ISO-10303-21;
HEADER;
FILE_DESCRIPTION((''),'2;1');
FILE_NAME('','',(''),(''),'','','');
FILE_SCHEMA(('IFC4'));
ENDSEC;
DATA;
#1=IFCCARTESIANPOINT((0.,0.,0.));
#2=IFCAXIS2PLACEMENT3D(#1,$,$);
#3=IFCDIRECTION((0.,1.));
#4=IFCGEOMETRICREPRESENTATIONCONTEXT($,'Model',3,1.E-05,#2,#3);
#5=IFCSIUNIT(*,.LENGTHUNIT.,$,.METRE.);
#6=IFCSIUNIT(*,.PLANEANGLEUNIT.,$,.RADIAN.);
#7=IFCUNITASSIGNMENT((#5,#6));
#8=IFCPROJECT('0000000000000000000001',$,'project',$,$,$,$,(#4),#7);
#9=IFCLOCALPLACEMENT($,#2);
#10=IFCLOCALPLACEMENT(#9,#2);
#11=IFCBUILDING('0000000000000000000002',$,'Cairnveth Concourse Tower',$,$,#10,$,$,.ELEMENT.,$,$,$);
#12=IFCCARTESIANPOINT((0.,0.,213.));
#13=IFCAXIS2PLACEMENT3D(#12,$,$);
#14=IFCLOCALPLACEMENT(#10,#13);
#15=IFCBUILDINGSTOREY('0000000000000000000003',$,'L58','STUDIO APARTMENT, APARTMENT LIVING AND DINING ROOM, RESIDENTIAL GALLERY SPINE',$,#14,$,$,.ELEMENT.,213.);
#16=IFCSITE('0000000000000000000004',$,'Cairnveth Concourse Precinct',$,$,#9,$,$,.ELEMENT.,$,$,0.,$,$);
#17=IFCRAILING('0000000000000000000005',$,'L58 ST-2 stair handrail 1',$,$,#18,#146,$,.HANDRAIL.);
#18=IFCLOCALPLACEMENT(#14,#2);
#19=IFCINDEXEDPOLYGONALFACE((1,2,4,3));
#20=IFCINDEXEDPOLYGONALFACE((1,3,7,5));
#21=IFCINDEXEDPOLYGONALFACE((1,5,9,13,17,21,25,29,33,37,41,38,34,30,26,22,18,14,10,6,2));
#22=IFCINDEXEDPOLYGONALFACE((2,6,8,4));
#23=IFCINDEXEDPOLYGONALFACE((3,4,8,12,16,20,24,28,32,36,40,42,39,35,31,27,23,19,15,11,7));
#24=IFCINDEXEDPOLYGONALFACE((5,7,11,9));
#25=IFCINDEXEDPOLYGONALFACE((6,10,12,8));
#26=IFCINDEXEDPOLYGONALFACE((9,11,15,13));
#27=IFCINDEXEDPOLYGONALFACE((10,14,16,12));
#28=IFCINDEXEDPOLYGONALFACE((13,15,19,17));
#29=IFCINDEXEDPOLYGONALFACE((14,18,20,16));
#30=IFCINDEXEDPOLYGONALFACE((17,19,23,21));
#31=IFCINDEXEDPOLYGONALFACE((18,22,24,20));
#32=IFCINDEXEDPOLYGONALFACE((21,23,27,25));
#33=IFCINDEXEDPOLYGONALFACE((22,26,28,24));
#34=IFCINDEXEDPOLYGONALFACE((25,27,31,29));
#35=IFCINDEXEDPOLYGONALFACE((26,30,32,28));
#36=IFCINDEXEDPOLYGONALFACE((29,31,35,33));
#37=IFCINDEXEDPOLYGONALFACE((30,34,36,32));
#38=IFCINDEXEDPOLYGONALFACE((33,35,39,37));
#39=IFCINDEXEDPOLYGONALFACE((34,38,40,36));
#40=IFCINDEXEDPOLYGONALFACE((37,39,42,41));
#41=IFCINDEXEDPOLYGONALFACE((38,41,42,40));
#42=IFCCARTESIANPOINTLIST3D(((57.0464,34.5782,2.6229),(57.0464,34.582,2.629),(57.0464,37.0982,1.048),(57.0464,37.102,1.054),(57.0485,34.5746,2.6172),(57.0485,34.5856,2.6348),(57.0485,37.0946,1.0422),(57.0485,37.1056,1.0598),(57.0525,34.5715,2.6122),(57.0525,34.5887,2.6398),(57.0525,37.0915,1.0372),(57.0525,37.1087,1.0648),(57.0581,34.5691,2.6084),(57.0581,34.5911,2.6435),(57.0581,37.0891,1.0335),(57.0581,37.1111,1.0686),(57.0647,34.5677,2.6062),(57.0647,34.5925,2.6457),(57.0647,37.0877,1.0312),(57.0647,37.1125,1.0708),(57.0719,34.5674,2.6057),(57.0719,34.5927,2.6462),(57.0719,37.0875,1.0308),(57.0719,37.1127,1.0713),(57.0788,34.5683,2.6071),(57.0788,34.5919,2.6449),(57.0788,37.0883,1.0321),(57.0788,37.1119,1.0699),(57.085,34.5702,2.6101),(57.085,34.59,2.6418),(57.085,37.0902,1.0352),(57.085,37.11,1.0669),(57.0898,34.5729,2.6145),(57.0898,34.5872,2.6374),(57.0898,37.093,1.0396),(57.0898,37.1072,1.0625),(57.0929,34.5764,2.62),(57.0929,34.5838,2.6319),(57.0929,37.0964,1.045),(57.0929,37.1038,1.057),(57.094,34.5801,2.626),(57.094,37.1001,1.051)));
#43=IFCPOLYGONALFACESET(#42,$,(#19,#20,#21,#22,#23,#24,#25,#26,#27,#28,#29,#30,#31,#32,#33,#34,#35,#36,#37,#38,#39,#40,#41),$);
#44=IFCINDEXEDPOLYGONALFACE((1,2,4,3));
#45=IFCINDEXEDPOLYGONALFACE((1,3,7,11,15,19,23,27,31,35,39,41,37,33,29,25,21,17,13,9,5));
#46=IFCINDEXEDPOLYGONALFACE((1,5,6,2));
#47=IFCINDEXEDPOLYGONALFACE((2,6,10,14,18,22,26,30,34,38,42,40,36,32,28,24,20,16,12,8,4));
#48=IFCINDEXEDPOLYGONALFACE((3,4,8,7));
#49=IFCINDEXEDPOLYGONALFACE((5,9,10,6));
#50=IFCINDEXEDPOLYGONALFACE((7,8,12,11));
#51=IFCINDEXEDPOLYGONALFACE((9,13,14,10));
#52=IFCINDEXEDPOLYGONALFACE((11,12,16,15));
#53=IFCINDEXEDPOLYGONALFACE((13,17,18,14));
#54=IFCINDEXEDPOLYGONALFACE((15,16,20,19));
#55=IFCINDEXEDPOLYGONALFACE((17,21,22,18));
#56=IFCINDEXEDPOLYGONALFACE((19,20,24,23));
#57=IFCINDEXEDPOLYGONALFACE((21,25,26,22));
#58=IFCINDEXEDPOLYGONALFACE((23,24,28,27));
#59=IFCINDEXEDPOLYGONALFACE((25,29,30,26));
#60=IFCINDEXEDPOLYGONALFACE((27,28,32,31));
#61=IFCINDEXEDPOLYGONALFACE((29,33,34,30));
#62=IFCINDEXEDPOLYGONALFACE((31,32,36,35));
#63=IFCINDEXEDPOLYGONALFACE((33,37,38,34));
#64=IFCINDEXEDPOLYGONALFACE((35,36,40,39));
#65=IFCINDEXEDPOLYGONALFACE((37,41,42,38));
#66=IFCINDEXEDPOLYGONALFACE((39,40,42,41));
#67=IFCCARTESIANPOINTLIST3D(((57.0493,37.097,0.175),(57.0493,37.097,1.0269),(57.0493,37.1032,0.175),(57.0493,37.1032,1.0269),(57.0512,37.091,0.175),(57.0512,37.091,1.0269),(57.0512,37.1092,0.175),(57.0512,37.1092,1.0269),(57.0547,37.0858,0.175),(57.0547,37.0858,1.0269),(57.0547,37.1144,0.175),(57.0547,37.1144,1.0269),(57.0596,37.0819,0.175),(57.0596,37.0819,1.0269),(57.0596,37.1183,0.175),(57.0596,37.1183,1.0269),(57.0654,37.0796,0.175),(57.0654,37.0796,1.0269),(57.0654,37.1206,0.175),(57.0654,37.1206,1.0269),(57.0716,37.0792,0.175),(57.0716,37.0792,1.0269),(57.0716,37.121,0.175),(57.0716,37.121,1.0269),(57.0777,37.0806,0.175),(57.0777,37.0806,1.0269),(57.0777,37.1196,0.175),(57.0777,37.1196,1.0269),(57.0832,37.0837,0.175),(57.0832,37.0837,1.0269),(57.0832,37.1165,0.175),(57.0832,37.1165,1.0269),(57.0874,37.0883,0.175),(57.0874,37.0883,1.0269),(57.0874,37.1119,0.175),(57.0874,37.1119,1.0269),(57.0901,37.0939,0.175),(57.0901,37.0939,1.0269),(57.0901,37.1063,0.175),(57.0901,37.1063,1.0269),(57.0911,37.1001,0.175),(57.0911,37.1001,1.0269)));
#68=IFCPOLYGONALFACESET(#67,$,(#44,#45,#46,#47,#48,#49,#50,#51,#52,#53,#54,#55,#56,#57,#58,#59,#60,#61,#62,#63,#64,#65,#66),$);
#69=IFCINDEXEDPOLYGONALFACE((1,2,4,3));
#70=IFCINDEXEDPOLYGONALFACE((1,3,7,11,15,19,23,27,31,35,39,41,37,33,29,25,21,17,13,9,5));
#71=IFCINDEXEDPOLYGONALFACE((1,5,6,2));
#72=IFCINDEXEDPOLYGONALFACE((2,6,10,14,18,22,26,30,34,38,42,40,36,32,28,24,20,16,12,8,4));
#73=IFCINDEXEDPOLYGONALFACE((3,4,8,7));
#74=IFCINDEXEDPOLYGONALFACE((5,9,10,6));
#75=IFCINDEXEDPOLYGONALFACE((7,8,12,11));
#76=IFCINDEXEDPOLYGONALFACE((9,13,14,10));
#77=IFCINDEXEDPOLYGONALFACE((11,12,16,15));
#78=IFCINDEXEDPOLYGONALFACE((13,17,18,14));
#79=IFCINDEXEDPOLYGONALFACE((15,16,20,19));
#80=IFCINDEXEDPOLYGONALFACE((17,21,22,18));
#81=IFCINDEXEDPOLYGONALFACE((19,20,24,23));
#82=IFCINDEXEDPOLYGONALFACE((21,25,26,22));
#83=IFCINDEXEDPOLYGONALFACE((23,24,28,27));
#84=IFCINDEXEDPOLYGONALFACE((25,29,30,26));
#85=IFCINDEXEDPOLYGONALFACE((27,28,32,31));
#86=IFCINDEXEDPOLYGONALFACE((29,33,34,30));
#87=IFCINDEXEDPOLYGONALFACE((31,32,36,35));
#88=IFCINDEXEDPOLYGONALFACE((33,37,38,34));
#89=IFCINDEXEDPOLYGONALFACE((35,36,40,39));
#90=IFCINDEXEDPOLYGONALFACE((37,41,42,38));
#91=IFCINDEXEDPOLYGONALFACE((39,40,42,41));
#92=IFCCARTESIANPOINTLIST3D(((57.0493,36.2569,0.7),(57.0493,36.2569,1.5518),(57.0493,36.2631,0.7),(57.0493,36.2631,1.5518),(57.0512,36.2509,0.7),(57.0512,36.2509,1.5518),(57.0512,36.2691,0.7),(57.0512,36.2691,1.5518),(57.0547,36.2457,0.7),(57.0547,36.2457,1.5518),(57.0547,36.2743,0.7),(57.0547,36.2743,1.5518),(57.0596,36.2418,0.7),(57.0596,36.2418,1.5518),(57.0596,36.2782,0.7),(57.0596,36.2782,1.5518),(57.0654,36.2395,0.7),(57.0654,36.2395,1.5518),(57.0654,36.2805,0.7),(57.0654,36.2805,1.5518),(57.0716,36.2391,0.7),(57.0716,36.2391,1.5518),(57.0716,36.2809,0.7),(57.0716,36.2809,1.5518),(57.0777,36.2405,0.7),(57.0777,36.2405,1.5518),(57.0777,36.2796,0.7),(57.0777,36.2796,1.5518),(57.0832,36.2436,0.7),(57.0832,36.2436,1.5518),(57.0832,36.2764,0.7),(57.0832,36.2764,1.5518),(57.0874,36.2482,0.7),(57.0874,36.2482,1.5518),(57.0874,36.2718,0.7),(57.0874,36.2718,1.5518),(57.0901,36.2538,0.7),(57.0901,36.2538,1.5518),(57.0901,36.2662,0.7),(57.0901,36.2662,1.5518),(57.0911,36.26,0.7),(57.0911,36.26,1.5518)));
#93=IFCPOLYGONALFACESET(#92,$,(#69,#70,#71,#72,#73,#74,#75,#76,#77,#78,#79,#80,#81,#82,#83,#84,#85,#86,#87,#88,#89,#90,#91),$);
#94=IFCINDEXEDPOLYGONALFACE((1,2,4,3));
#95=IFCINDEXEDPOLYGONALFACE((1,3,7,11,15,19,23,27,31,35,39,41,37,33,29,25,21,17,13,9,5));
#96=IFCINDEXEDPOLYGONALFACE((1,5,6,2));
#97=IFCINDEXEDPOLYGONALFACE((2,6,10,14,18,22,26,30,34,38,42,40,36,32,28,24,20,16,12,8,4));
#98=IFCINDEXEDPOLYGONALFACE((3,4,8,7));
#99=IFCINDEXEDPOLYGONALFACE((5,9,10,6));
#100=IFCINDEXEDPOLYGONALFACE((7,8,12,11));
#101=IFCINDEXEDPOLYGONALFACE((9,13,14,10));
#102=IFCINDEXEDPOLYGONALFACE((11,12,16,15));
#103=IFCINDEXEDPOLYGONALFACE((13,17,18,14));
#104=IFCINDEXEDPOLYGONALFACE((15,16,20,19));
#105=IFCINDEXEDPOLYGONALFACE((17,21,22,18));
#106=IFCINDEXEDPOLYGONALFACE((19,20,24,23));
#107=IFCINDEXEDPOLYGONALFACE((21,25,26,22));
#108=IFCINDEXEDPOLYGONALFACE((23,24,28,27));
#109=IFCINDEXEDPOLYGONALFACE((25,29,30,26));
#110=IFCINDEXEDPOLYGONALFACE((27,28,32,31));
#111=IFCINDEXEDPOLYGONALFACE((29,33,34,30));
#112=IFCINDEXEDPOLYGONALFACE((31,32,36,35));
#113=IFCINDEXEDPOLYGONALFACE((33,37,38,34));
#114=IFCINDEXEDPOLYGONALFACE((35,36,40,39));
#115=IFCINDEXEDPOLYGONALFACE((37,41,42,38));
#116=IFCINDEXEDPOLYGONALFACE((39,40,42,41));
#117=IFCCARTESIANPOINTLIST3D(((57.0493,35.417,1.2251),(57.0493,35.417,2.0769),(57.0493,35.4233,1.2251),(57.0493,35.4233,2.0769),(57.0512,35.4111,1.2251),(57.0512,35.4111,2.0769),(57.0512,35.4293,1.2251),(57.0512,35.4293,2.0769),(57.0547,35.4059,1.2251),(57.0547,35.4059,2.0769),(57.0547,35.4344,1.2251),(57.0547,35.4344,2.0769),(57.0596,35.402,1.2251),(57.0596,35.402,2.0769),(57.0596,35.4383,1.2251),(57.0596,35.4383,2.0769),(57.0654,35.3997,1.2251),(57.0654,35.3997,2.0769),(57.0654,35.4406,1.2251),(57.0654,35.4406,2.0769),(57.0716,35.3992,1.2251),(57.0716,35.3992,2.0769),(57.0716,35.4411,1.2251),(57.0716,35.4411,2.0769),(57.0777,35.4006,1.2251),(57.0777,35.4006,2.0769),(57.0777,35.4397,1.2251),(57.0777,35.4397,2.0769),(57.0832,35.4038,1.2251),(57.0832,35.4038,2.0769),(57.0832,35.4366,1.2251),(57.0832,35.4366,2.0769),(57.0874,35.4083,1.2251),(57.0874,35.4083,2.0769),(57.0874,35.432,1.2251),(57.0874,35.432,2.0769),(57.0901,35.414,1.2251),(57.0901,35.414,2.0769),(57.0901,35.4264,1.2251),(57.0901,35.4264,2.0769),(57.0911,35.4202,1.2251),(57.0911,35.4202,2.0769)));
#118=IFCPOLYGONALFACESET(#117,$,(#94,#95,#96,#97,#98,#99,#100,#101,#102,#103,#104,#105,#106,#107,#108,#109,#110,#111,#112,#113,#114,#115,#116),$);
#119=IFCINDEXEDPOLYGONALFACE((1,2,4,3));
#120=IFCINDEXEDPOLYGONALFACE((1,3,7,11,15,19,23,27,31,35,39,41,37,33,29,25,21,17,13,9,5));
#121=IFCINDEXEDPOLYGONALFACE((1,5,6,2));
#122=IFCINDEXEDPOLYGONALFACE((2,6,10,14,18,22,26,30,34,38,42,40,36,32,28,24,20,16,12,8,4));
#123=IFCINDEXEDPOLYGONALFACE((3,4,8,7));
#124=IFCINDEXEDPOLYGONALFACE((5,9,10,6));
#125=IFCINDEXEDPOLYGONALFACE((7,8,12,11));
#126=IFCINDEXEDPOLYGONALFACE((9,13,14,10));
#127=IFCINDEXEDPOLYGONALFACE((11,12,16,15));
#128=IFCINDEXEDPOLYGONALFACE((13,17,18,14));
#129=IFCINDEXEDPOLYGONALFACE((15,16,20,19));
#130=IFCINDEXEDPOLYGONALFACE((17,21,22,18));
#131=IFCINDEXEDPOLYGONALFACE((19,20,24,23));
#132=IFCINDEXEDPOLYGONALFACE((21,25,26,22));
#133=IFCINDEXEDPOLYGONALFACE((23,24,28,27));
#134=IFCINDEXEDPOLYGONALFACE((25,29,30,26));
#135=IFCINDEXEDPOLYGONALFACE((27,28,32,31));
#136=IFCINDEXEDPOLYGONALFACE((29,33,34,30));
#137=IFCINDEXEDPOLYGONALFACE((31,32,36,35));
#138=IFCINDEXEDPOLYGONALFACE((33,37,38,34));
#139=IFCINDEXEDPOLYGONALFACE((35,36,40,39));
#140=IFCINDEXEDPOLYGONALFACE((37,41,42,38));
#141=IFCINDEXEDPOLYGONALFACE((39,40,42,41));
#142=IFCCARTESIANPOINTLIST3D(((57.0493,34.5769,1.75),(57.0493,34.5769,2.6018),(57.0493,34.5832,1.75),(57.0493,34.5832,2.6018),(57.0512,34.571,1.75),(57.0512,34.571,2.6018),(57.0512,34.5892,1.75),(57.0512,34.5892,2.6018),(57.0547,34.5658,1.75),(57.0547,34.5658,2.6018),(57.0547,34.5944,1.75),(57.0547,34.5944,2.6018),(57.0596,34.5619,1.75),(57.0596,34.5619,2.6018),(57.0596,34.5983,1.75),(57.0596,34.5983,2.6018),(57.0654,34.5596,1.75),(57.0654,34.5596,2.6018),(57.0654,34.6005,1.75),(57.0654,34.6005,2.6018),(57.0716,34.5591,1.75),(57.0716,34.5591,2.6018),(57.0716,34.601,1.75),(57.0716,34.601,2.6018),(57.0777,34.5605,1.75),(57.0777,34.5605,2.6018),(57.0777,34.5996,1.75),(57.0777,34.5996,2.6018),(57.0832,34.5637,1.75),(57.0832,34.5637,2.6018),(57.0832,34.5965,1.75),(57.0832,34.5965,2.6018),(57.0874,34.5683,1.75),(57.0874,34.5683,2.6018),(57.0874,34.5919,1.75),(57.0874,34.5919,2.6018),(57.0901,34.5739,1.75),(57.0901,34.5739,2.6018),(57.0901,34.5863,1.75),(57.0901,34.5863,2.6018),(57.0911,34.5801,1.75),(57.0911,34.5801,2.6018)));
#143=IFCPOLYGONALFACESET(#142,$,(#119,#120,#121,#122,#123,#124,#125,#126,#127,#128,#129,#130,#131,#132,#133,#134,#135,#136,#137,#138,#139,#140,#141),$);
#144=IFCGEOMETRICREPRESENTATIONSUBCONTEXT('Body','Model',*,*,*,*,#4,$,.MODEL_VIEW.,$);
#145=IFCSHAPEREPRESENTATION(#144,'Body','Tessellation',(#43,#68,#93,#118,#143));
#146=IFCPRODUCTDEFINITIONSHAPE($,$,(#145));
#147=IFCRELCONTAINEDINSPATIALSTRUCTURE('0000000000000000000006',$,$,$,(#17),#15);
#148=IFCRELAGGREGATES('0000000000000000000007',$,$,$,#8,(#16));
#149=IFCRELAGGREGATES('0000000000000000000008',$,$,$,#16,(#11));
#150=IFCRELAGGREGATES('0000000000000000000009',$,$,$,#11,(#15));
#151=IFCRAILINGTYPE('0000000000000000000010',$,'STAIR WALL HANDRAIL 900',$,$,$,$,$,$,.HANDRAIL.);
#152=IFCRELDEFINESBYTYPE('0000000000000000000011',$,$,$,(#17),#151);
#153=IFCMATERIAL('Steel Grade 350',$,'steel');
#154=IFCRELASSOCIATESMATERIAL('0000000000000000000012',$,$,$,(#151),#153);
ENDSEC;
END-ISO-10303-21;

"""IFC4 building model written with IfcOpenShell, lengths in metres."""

from ifc_helpers import new_model, si_unit, direction, frame, origin, origin_2d, place, context, subcontext, project, spatial, circle, extrude, material, type_object, element, save


model = new_model("IFC4")

# Units and contexts
model_context = context("Model", 3, precision=1e-05, world=origin(), true_north=direction((0.0, 1.0)))
body_context = subcontext(model_context, "Body", "Model", "MODEL_VIEW")
ifc_project = project(units=[si_unit("LENGTHUNIT", "METRE"), si_unit("PLANEANGLEUNIT", "RADIAN")], contexts=[model_context])

# Site, building, storey
site_placement = place(None, origin())
site = spatial("IfcSite", under=ifc_project, at=site_placement, Name="Cairnveth Concourse Precinct", CompositionType="ELEMENT", RefElevation=0.0)
building_placement = place(site_placement, origin())
building = spatial("IfcBuilding", under=site, at=building_placement, Name="Cairnveth Concourse Tower", CompositionType="ELEMENT")
storey_placement = place(building_placement, frame((0.0, 0.0, 213.0)))
storey = spatial("IfcBuildingStorey", under=building, at=storey_placement, Name="L58", Description="STUDIO APARTMENT, APARTMENT LIVING AND DINING ROOM, RESIDENTIAL GALLERY SPINE", CompositionType="ELEMENT", Elevation=213.0)

# Shared definitions
ifc_material_1 = material(Name="Steel Grade 350", Category="steel")

# Railing
railing_type_1 = type_object("IfcRailingType", Name="STAIR WALL HANDRAIL 900", PredefinedType="HANDRAIL", material=ifc_material_1)
railing_1_placement = place(storey_placement, frame((57.0701, 37.1001, 0.175)))
element("IfcRailing", 1, at=railing_1_placement, inside=storey, type_object=railing_type_1, Name="L58 ST-2 stair handrail 1", PredefinedType="HANDRAIL", context=body_context, shape_type="SweptSolid", body=[
    extrude(circle(Radius=0.0239, at=origin_2d()), frame((0.0, 0.0, 0.876), z_axis=(0.0, -0.848008, 0.529984), x_axis=(1.0, 0.0, 0.0)), (0.0, 0.0, 1.0), 2.9717),
    extrude(circle(Radius=0.021, at=origin_2d()), origin(), (0.0, 0.0, 1.0), 0.8518),
    extrude(circle(Radius=0.021, at=origin_2d()), frame((0.0, -0.8401, 0.5249)), (0.0, 0.0, 1.0), 0.8518),
    extrude(circle(Radius=0.021, at=origin_2d()), frame((0.0, -1.6799, 1.05)), (0.0, 0.0, 1.0), 0.8518),
    extrude(circle(Radius=0.021, at=origin_2d()), frame((0.0, -2.52, 1.575)), (0.0, 0.0, 1.0), 0.8518),
])

save(model, "model.ifc")
